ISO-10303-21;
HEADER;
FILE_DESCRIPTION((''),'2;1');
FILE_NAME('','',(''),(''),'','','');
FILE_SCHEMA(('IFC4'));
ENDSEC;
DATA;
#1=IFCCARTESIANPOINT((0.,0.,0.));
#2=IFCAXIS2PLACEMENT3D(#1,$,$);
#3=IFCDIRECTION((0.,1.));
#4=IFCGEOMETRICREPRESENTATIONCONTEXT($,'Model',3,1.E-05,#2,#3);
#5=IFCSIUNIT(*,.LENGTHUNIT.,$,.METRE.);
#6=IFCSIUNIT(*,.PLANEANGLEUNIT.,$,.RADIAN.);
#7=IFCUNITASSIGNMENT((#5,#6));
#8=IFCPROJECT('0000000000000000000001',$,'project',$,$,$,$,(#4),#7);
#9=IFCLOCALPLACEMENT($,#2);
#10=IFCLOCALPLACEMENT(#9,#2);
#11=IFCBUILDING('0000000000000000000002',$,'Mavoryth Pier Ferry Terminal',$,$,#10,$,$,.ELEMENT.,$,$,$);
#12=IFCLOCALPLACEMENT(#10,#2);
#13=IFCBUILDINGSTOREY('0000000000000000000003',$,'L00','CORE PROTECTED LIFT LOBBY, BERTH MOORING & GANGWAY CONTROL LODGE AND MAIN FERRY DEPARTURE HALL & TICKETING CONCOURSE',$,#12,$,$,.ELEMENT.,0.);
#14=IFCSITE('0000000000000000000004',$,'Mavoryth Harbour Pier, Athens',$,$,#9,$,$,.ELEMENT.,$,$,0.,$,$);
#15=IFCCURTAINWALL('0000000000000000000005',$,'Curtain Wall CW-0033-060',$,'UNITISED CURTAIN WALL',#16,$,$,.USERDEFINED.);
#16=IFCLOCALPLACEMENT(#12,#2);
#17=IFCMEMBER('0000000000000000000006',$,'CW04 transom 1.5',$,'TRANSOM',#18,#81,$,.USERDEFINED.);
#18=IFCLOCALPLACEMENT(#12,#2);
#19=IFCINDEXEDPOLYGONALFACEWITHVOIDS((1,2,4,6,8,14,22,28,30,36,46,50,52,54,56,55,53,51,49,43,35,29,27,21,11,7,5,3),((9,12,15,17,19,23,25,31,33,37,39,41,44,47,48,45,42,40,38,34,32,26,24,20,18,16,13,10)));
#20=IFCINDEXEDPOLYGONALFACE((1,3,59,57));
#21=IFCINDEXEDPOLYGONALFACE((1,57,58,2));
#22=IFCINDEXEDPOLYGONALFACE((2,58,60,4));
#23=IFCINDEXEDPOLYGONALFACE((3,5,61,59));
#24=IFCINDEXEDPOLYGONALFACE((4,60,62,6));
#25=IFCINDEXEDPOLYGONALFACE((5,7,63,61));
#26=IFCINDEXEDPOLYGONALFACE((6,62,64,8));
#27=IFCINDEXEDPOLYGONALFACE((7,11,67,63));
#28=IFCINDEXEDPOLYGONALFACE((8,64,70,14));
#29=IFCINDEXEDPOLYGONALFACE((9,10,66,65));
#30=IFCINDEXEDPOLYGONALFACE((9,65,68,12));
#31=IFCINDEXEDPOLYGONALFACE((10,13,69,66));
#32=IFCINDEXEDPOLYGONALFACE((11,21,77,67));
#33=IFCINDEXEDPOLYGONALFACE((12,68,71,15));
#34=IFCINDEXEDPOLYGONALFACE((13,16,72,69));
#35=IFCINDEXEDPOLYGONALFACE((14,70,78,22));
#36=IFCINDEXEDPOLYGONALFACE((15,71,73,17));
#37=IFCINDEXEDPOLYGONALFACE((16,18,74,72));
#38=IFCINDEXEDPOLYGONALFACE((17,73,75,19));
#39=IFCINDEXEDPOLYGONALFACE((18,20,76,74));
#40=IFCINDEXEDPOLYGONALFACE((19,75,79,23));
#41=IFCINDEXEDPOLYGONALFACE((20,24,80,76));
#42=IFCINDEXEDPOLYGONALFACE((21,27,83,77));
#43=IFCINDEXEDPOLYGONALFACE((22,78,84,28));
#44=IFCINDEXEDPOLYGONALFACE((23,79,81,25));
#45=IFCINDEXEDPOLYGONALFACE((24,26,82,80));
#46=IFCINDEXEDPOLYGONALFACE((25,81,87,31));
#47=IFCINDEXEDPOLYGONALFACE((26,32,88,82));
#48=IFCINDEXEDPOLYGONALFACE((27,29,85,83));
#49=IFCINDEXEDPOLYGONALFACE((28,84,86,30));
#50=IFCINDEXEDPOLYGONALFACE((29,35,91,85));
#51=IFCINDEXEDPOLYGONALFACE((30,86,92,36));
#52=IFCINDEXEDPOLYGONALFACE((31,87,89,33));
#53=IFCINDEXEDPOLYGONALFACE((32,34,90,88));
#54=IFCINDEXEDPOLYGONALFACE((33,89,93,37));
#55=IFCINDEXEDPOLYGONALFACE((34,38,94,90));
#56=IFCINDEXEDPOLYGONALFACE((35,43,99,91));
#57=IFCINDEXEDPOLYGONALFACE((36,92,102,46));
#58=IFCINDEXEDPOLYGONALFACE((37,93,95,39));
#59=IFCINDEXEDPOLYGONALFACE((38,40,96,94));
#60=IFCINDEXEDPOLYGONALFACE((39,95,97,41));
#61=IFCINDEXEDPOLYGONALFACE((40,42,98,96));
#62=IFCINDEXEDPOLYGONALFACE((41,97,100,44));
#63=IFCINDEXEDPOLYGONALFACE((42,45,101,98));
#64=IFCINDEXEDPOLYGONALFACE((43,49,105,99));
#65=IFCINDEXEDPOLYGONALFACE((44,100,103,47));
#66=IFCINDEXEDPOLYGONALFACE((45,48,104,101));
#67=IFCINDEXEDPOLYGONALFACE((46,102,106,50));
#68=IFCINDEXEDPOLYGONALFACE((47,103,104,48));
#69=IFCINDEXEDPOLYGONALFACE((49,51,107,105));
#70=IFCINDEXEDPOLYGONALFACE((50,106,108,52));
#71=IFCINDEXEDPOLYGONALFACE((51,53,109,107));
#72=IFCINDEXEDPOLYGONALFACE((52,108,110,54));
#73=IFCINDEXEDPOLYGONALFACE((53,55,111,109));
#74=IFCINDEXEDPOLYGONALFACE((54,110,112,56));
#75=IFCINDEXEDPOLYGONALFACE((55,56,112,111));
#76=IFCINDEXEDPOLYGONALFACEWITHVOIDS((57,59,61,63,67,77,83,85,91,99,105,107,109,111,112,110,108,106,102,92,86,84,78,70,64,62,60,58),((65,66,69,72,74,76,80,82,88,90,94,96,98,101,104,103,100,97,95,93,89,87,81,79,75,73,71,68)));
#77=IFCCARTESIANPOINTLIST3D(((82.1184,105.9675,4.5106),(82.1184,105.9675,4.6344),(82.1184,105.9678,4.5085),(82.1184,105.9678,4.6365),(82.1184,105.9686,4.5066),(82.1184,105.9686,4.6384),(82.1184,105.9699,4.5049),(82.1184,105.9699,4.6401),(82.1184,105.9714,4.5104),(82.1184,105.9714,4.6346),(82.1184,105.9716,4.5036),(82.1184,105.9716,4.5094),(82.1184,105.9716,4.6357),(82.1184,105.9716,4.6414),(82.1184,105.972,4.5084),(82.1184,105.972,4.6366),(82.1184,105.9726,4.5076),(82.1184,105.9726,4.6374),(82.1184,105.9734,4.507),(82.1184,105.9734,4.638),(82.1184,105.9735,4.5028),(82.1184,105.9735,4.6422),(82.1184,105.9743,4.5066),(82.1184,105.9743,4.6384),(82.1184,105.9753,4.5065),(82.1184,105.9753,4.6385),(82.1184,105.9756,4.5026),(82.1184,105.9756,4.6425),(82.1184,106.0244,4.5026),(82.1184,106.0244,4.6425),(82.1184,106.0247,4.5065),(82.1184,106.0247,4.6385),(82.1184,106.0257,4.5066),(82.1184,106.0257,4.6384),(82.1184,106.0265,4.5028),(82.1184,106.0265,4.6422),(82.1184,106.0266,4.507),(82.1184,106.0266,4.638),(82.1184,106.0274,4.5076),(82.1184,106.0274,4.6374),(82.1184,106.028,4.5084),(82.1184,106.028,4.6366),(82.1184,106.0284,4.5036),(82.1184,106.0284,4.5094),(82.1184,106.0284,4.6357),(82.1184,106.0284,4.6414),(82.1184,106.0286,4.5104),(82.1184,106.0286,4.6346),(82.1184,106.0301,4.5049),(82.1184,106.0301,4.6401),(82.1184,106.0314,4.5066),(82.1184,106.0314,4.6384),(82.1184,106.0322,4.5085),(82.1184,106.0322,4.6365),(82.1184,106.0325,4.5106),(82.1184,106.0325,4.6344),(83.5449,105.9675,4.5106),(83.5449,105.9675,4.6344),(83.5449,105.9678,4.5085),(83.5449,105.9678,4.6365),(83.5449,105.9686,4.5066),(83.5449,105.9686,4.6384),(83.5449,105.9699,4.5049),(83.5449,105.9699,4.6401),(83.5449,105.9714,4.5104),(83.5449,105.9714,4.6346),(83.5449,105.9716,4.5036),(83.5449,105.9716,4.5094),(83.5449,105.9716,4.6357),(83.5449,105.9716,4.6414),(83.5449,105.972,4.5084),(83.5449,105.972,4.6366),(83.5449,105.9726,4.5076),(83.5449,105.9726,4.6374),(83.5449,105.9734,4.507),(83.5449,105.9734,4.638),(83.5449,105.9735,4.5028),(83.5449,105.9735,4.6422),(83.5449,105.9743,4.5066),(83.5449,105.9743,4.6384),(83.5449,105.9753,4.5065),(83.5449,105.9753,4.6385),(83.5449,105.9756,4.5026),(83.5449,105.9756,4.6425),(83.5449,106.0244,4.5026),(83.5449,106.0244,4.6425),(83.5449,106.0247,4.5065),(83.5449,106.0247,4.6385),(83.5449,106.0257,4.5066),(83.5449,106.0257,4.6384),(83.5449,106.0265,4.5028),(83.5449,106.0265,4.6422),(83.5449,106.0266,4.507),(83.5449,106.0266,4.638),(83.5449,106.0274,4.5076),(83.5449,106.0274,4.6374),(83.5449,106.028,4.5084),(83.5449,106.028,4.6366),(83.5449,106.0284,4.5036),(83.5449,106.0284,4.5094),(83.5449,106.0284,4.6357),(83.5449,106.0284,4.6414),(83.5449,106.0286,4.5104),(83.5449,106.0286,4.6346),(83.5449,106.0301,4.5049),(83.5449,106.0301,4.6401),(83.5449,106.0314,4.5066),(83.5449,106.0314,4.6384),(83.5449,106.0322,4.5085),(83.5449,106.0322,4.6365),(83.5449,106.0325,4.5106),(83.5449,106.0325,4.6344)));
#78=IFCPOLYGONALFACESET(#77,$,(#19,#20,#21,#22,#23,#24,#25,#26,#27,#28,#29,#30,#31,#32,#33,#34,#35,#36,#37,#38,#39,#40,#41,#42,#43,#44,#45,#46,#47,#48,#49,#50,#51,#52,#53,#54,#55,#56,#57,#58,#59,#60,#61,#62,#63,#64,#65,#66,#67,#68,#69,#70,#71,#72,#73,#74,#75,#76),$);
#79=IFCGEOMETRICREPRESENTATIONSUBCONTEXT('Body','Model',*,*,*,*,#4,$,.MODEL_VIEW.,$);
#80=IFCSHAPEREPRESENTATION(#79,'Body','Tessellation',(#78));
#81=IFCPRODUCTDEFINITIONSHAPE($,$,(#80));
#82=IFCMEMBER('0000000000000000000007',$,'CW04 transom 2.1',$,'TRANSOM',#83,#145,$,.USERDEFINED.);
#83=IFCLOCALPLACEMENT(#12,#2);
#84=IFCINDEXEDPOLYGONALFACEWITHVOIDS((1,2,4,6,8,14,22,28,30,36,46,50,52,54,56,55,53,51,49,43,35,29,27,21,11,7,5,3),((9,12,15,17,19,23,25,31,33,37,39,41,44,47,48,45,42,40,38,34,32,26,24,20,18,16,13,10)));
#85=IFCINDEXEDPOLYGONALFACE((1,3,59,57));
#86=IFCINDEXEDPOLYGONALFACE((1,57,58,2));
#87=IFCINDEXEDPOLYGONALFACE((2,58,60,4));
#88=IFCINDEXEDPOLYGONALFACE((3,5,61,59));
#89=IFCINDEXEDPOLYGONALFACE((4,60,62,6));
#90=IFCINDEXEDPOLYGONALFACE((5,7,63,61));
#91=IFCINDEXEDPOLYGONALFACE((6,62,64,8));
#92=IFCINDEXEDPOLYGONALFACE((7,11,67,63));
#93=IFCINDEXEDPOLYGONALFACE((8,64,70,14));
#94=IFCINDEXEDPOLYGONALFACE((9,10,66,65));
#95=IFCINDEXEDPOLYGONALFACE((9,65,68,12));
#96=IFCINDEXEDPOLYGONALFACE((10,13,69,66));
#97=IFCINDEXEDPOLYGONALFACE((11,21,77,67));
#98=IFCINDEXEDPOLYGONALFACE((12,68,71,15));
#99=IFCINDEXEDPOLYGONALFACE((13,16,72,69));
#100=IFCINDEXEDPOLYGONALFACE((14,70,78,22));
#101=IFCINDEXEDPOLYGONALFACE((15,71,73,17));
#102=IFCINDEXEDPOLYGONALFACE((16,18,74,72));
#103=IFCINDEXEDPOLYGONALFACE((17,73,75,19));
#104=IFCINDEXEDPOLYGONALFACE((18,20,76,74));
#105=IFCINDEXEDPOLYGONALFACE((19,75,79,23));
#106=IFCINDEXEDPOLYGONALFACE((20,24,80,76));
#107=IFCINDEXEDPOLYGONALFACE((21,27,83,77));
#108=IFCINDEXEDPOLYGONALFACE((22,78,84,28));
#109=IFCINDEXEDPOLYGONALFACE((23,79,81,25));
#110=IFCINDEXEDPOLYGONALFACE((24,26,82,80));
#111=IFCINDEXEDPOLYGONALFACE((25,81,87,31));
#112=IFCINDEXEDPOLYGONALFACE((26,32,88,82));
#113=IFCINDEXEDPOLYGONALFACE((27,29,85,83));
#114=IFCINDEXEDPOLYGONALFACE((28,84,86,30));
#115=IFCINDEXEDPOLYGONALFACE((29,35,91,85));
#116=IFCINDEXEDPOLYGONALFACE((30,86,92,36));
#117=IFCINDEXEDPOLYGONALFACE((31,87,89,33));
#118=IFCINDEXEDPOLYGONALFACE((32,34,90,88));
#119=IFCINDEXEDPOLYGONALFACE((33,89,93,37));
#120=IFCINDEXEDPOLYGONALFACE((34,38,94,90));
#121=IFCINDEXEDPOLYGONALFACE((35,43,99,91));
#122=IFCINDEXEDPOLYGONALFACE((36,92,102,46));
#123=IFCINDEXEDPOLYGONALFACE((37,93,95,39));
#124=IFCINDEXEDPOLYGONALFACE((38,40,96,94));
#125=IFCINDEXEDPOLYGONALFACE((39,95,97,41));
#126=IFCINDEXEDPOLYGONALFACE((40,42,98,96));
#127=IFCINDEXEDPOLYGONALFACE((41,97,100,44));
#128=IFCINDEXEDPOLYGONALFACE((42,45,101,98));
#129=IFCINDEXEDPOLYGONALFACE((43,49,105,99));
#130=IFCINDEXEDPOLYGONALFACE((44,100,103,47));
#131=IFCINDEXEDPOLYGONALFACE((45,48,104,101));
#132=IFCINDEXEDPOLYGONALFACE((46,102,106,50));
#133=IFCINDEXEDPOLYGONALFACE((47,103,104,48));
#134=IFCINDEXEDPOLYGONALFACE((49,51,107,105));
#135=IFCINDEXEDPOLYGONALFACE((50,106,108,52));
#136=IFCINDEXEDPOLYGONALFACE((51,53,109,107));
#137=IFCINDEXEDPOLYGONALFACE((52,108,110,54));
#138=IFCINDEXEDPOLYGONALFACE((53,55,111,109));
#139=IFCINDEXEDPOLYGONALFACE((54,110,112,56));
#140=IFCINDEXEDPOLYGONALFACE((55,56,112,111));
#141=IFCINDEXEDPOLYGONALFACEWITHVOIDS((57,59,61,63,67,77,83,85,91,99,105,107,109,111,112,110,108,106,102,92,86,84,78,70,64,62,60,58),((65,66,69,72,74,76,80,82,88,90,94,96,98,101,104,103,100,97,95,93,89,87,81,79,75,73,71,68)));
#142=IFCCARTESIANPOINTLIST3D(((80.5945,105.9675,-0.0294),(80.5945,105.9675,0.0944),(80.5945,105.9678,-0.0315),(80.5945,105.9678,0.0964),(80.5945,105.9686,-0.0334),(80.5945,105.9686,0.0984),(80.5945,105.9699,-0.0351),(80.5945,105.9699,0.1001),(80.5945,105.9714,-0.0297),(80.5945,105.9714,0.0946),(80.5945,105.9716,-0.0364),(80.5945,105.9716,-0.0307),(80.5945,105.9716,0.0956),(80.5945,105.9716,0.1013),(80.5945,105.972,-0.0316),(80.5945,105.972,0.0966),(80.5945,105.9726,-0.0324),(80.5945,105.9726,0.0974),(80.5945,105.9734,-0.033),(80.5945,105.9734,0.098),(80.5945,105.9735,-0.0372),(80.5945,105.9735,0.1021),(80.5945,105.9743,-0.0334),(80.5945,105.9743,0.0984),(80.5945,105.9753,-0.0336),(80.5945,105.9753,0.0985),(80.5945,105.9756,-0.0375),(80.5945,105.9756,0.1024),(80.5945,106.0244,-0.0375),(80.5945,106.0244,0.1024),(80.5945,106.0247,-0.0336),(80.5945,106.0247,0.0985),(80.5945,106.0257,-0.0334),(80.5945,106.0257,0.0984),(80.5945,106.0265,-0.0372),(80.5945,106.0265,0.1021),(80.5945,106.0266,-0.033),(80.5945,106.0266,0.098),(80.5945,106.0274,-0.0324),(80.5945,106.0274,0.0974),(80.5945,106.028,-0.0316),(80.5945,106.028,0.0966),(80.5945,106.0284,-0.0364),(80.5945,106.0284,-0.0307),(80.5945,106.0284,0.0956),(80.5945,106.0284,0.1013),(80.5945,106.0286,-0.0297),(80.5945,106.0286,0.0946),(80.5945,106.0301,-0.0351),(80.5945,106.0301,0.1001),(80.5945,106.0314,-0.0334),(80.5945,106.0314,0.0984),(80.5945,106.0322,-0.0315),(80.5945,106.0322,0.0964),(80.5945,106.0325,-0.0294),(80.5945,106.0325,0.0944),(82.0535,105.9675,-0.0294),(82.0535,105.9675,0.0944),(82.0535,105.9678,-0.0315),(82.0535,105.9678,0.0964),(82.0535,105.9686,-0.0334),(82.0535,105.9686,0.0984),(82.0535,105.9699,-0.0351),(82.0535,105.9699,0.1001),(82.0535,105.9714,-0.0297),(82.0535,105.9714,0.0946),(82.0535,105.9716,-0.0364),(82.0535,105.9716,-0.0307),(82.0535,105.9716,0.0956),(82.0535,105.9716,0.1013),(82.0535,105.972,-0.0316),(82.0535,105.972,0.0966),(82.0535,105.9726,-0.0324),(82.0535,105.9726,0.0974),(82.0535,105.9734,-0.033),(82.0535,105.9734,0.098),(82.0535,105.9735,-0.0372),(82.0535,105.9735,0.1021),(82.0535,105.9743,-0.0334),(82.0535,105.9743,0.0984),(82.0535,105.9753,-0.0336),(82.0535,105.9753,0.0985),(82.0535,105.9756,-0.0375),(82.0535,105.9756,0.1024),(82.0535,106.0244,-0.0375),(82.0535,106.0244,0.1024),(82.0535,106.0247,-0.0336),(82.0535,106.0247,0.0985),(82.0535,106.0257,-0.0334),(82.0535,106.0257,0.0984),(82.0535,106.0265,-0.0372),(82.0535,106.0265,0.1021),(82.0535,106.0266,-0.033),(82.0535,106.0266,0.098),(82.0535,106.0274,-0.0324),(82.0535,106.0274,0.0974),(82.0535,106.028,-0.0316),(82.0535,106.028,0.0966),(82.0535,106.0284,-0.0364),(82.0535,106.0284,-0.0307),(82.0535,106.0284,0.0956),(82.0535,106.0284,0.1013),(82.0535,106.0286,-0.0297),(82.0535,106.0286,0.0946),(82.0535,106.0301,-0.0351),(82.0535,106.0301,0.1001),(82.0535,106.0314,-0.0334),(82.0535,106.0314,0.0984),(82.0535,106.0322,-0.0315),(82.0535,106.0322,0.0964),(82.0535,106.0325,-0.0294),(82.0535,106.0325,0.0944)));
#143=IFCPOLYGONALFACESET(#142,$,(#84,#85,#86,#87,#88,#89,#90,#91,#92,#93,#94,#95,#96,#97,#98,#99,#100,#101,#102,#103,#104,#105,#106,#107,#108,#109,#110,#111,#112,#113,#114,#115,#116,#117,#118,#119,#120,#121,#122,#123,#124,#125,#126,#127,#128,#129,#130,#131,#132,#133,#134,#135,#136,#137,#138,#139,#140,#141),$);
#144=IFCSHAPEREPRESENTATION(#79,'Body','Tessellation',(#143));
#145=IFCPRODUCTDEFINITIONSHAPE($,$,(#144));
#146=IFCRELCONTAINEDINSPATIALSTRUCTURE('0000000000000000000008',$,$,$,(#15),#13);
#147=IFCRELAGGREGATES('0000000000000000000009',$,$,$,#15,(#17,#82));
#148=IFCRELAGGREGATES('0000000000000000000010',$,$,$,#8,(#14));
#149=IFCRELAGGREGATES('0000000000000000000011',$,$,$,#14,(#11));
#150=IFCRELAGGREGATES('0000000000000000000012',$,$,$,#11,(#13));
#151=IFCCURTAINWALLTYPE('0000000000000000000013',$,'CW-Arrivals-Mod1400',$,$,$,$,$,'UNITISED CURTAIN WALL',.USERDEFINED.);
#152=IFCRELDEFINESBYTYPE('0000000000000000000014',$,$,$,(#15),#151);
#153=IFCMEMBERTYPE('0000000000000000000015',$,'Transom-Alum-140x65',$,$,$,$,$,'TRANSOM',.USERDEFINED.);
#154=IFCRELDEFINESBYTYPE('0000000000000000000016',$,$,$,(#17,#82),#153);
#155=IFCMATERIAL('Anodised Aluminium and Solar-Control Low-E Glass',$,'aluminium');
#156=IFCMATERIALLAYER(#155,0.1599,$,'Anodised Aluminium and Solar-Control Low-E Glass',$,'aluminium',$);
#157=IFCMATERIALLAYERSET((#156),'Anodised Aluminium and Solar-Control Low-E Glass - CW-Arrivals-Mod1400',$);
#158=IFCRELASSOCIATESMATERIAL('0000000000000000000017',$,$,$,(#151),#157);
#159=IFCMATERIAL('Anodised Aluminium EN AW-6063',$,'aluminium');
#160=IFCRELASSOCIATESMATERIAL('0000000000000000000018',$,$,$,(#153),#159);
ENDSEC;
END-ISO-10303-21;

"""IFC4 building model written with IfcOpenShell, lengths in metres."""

from ifc_helpers import new_model, si_unit, direction, frame, origin, origin_2d, place, context, subcontext, project, spatial, hollow_rectangle, extrude, material, layer, layer_set, material_profile, profile_set, type_object, element, aggregate, save


model = new_model("IFC4")

# Units and contexts
model_context = context("Model", 3, precision=1e-05, world=origin(), true_north=direction((0.0, 1.0)))
body_context = subcontext(model_context, "Body", "Model", "MODEL_VIEW")
ifc_project = project(units=[si_unit("LENGTHUNIT", "METRE"), si_unit("PLANEANGLEUNIT", "RADIAN")], contexts=[model_context])

# Site, building, storey
site_placement = place(None, origin())
site = spatial("IfcSite", under=ifc_project, at=site_placement, Name="Mavoryth Harbour Pier, Athens", CompositionType="ELEMENT", RefElevation=0.0)
building_placement = place(site_placement, origin())
building = spatial("IfcBuilding", under=site, at=building_placement, Name="Mavoryth Pier Ferry Terminal", CompositionType="ELEMENT")
storey_placement = place(building_placement, origin())
storey = spatial("IfcBuildingStorey", under=building, at=storey_placement, Name="L00", Description="CORE PROTECTED LIFT LOBBY, BERTH MOORING & GANGWAY CONTROL LODGE AND MAIN FERRY DEPARTURE HALL & TICKETING CONCOURSE", CompositionType="ELEMENT", Elevation=0.0)

# Curtain wall
ifc_material_1 = material(Name="Anodised Aluminium and Solar-Control Low-E Glass", Category="aluminium")
ifc_layer_1 = layer(ifc_material_1, 0.1599, Name="Anodised Aluminium and Solar-Control Low-E Glass", Category="aluminium")
ifc_layer_set_1 = layer_set([ifc_layer_1], Name="Anodised Aluminium and Solar-Control Low-E Glass - CW-Arrivals-Mod1400")
curtain_wall_type = type_object("IfcCurtainWallType", Name="CW-Arrivals-Mod1400", ElementType="UNITISED CURTAIN WALL", PredefinedType="USERDEFINED", material=ifc_layer_set_1)
curtain_wall_1_placement = place(storey_placement, origin())
curtain_wall_1 = element("IfcCurtainWall", 1, at=curtain_wall_1_placement, inside=storey, type_object=curtain_wall_type, Name="Curtain Wall CW-0033-060", ObjectType="UNITISED CURTAIN WALL", PredefinedType="USERDEFINED")
ifc_material_2 = material(Name="Anodised Aluminium EN AW-6063", Category="aluminium")

# Members
ifc_material_profile_1 = material_profile(ifc_material_2, hollow_rectangle(XDim=0.0649, YDim=0.1399, WallThickness=0.0039, InnerFilletRadius=0.0039, OuterFilletRadius=0.0081, at=origin_2d()), Name="AL-TRAN 140x65x4", Category="aluminium")
ifc_profile_set_1 = profile_set([ifc_material_profile_1], Name="Anodised Aluminium EN AW-6063 - AL-TRAN 140x65x4")
member_type_1 = type_object("IfcMemberType", Name="Transom-Alum-140x65", ElementType="TRANSOM", PredefinedType="USERDEFINED", material=ifc_profile_set_1)
member_1_placement = place(storey_placement, frame((83.5449, 106.0, 4.5725), z_axis=(-1.0, 0.0, 0.0), x_axis=(0.0, -1.0, 0.0)))
member_1 = element("IfcMember", 2, at=member_1_placement, type_object=member_type_1, Name="CW04 transom 1.5", ObjectType="TRANSOM", PredefinedType="USERDEFINED", context=body_context, shape_type="SweptSolid", body=[
    extrude(hollow_rectangle(XDim=0.0649, YDim=0.1399, WallThickness=0.0039, InnerFilletRadius=0.0039, OuterFilletRadius=0.0081, at=origin_2d()), origin(), (0.0, 0.0, 1.0), 1.4265),
])
member_2_placement = place(storey_placement, frame((82.0535, 106.0, 0.0325), z_axis=(-1.0, 0.0, 0.0), x_axis=(0.0, -1.0, 0.0)))
member_2 = element("IfcMember", 3, at=member_2_placement, type_object=member_type_1, Name="CW04 transom 2.1", ObjectType="TRANSOM", PredefinedType="USERDEFINED", context=body_context, shape_type="SweptSolid", body=[
    extrude(hollow_rectangle(XDim=0.0649, YDim=0.1399, WallThickness=0.0039, InnerFilletRadius=0.0039, OuterFilletRadius=0.0081, at=origin_2d()), origin(), (0.0, 0.0, 1.0), 1.459),
])

aggregate(curtain_wall_1, [member_1, member_2])

save(model, "model.ifc")
